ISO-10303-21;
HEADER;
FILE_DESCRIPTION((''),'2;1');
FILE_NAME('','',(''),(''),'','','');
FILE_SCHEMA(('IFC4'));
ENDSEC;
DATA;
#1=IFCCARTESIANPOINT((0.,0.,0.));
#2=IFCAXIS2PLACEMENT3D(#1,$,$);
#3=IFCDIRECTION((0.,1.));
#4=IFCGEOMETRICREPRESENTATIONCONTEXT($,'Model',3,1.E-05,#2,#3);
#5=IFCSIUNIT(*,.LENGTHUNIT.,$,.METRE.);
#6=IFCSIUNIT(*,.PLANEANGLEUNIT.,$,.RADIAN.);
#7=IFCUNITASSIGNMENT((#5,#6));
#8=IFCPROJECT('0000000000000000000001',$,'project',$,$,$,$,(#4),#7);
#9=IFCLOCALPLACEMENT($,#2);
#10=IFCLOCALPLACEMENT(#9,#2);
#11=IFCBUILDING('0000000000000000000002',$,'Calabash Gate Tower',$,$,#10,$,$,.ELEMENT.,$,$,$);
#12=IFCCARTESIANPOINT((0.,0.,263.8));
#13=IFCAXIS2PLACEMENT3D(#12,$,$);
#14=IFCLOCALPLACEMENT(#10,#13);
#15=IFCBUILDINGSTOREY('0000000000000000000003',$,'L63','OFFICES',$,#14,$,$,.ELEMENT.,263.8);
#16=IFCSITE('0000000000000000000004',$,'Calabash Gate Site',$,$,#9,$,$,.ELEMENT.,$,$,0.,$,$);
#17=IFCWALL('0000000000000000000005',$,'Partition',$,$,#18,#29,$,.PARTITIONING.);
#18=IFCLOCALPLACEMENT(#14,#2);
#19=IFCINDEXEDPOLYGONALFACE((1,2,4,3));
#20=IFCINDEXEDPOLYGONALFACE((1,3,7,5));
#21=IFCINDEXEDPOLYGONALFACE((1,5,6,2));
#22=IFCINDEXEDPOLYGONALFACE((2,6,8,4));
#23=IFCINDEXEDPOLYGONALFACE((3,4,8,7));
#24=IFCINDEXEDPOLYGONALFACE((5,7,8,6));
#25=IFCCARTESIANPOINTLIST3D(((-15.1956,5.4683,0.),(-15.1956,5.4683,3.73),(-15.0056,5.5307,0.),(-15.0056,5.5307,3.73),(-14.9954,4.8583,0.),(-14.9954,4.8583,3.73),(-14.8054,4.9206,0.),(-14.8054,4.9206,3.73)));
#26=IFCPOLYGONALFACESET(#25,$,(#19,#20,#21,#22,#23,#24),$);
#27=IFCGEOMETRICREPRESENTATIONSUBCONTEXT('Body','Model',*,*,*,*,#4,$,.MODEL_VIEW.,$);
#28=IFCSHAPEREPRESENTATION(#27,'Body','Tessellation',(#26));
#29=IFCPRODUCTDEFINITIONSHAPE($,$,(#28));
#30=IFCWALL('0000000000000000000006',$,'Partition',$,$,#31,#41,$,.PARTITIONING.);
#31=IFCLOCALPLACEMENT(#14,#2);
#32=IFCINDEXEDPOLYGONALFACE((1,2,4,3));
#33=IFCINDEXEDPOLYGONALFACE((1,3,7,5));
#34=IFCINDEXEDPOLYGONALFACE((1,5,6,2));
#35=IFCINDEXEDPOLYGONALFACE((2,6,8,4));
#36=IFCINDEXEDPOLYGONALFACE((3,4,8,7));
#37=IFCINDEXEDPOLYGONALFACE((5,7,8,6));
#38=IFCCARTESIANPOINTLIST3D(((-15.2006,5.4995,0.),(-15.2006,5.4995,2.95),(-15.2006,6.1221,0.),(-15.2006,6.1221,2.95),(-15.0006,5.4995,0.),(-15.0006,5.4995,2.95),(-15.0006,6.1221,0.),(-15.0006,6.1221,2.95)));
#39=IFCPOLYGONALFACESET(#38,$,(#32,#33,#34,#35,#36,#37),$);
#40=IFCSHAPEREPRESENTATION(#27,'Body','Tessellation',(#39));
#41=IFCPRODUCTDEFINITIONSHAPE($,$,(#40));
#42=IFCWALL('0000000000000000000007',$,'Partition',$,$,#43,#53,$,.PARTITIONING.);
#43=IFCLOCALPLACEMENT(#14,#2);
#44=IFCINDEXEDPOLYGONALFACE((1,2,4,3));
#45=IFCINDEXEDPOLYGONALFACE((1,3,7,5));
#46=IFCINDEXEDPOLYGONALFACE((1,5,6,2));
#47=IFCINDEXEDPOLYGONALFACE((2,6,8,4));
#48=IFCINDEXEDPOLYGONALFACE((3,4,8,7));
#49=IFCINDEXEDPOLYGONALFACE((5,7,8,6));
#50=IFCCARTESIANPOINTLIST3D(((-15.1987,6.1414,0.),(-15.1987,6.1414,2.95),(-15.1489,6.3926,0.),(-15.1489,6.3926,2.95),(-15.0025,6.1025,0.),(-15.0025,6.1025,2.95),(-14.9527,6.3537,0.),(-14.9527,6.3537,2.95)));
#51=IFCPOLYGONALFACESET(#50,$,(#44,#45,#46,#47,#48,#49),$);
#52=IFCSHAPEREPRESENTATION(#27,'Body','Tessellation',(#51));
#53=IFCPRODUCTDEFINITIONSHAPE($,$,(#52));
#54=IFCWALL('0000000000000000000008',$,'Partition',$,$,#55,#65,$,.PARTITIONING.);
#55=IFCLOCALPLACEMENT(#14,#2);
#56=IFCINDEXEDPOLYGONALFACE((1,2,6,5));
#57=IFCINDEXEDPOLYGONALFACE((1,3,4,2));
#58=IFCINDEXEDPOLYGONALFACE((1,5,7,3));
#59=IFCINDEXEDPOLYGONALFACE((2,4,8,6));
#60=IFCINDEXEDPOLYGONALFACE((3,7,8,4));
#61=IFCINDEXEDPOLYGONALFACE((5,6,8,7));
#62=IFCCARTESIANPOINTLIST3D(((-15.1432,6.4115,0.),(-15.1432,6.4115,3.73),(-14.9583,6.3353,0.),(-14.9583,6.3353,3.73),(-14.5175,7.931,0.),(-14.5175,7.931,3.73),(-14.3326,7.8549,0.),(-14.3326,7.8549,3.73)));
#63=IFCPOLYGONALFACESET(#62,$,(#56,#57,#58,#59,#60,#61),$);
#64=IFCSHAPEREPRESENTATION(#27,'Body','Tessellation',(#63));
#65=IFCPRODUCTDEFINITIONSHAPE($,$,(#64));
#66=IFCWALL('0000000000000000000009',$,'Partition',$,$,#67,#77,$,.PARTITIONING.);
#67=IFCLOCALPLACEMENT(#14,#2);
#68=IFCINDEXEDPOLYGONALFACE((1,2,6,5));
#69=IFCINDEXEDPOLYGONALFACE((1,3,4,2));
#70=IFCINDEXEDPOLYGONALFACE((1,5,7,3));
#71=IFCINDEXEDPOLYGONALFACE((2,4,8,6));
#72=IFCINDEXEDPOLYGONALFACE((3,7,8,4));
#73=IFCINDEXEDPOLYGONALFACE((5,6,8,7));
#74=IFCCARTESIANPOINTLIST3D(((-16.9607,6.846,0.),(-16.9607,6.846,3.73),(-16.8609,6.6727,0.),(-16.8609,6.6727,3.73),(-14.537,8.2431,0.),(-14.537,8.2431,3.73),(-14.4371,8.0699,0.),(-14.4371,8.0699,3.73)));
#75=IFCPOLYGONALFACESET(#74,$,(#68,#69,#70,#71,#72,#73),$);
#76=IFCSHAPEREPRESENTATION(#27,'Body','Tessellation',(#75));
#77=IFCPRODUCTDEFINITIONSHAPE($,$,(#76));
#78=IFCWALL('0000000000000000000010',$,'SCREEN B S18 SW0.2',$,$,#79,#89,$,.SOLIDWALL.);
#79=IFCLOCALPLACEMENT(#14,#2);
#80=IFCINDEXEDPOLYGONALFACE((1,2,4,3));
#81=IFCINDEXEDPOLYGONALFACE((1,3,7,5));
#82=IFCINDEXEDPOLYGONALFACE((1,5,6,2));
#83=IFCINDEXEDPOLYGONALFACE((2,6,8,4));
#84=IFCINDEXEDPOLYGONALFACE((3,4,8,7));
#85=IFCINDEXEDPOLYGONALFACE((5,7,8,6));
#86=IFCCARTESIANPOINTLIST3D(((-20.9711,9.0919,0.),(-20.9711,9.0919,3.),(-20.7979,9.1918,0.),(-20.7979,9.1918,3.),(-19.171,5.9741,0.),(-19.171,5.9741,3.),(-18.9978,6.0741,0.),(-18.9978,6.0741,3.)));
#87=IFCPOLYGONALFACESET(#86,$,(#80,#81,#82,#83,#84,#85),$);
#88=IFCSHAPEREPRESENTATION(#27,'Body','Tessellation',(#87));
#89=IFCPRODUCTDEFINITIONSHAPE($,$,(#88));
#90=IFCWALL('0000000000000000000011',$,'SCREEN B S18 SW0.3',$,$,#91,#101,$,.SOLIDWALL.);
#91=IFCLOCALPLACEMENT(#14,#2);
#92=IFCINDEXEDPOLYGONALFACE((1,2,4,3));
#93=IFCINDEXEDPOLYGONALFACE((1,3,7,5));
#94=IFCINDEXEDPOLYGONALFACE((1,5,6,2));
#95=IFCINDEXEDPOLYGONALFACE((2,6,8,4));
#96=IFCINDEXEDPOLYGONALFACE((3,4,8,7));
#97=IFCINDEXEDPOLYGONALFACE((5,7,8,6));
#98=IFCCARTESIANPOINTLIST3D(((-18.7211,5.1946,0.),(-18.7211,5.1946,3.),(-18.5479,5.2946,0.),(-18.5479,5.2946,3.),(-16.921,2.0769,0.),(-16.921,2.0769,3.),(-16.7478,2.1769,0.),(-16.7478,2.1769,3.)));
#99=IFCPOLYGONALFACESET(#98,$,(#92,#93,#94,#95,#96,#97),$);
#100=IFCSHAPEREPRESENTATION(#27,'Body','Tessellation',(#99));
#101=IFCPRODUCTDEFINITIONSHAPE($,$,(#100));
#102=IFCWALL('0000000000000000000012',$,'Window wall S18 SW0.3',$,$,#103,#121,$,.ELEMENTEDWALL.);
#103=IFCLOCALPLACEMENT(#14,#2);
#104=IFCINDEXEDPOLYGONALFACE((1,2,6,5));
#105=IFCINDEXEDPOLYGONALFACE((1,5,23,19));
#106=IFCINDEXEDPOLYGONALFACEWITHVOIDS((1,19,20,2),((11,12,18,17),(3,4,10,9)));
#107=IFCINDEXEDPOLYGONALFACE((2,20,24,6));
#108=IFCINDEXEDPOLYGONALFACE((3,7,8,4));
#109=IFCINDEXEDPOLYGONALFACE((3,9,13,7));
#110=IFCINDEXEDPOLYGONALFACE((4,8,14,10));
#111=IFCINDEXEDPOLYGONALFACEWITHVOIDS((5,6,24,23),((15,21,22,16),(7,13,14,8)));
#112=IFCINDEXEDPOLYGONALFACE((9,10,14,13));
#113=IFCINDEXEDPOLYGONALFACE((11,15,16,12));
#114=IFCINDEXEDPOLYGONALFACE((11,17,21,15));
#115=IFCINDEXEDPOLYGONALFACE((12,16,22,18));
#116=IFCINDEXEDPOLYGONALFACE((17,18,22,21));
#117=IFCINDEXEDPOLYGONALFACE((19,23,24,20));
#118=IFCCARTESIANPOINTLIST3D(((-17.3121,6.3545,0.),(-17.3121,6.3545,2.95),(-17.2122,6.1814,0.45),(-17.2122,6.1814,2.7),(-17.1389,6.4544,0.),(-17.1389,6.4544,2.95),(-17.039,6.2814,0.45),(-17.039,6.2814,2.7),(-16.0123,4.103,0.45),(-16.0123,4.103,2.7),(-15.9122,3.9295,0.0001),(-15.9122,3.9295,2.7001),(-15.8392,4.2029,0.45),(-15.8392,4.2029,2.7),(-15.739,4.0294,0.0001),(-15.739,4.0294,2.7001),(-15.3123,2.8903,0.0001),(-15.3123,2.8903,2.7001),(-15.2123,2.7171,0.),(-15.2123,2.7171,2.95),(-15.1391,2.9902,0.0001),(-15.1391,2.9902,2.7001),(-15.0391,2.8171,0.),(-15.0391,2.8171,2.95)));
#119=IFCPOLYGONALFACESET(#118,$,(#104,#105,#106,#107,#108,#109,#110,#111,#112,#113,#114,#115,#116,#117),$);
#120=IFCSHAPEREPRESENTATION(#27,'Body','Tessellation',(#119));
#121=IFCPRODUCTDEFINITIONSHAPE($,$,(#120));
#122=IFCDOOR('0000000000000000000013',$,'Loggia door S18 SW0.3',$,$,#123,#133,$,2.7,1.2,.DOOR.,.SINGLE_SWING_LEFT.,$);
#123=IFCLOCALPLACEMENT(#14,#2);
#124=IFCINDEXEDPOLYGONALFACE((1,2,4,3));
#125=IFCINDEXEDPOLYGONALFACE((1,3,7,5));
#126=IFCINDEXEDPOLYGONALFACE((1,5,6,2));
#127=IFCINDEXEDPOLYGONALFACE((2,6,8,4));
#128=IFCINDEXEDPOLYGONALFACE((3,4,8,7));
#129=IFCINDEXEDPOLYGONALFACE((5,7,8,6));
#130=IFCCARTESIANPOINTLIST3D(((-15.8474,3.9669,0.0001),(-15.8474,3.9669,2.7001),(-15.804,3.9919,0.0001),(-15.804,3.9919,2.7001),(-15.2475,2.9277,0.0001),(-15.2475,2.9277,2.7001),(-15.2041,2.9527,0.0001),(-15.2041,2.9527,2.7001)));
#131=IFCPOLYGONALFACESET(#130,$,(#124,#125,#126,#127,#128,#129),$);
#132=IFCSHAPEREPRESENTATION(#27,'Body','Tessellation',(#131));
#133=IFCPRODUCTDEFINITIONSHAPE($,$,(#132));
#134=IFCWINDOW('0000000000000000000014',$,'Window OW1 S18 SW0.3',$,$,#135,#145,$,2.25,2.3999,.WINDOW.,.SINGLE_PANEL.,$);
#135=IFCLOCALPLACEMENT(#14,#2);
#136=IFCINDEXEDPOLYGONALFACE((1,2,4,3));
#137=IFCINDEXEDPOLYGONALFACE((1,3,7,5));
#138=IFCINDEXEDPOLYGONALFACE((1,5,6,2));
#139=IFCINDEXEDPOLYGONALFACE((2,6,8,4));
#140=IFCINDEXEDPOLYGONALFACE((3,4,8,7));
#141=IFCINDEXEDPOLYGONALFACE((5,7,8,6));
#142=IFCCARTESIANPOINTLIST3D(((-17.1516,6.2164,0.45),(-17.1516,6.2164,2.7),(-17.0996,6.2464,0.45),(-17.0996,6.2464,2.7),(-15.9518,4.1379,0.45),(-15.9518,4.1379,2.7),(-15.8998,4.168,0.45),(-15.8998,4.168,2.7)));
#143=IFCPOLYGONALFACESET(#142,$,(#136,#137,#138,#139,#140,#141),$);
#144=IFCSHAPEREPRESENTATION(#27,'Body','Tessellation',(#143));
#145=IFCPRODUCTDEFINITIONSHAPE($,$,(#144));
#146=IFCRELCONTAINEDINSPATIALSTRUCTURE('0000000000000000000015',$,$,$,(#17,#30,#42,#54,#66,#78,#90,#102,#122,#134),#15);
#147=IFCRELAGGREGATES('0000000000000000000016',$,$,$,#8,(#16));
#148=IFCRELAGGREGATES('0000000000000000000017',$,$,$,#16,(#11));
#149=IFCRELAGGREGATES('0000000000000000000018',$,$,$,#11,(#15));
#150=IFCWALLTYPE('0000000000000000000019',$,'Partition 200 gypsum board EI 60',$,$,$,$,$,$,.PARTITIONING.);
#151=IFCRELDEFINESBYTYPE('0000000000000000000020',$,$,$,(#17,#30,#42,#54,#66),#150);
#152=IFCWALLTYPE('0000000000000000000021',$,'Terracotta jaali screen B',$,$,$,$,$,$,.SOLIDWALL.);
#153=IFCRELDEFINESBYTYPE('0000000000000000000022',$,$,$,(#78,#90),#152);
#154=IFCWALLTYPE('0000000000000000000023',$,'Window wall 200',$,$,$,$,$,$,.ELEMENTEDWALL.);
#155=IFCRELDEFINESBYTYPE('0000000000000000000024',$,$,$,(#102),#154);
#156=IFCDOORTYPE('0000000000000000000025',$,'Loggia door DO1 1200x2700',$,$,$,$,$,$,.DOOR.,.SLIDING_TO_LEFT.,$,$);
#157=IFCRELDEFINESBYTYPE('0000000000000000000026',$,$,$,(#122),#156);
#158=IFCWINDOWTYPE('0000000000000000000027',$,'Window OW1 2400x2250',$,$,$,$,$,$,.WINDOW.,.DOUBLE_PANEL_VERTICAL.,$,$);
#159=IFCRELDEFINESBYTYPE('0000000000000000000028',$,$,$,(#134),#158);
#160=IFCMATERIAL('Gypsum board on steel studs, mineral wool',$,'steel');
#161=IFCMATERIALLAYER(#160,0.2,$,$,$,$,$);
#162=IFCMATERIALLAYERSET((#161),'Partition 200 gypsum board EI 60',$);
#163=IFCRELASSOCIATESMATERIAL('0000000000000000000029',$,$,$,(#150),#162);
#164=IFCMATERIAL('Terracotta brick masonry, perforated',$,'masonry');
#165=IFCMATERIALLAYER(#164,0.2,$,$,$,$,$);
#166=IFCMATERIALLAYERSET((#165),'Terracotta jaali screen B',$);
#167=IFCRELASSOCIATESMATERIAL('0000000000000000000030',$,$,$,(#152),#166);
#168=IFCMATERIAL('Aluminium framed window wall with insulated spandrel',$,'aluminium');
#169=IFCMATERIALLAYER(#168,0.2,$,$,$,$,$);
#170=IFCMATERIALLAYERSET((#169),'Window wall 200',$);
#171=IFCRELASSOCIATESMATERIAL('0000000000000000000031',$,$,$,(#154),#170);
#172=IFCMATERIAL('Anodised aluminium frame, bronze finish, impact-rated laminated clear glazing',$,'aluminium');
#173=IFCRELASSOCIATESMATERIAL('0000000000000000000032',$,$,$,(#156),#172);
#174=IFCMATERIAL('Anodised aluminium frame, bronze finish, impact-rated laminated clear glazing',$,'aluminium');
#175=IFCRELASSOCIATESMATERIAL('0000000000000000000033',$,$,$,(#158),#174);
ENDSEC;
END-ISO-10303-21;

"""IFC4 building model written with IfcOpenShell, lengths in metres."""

from ifc_helpers import new_model, si_unit, direction, frame, frame_2d, origin, place, context, subcontext, project, spatial, rectangle, extrude, material, layer, layer_set, type_object, element, fill, save


model = new_model("IFC4")

# Units and contexts
model_context = context("Model", 3, precision=1e-05, world=origin(), true_north=direction((0.0, 1.0)))
body_context = subcontext(model_context, "Body", "Model", "MODEL_VIEW")
ifc_project = project(units=[si_unit("LENGTHUNIT", "METRE"), si_unit("PLANEANGLEUNIT", "RADIAN")], contexts=[model_context])

# Site, building, storey
site_placement = place(None, origin())
site = spatial("IfcSite", under=ifc_project, at=site_placement, Name="Calabash Gate Site", CompositionType="ELEMENT", RefElevation=0.0)
building_placement = place(site_placement, origin())
building = spatial("IfcBuilding", under=site, at=building_placement, Name="Calabash Gate Tower", CompositionType="ELEMENT")
storey_placement = place(building_placement, frame((0.0, 0.0, 263.8)))
storey = spatial("IfcBuildingStorey", under=building, at=storey_placement, Name="L63", Description="OFFICES", CompositionType="ELEMENT", Elevation=263.8)

# Walls
ifc_material_1 = material(Name="Gypsum board on steel studs, mineral wool", Category="steel")
ifc_layer_1 = layer(ifc_material_1, 0.2)
ifc_layer_set_1 = layer_set([ifc_layer_1], Name="Partition 200 gypsum board EI 60")
wall_type_1 = type_object("IfcWallType", Name="Partition 200 gypsum board EI 60", PredefinedType="PARTITIONING", material=ifc_layer_set_1)
wall_1_placement = place(storey_placement, frame((-15.1006, 5.4995, 0.0), z_axis=(0.0, 0.0, 1.0), x_axis=(0.311776, -0.950156, 0.0)))
element("IfcWall", 1, at=wall_1_placement, inside=storey, type_object=wall_type_1, Name="Partition", PredefinedType="PARTITIONING", context=body_context, shape_type="SweptSolid", body=[
    extrude(rectangle(XDim=0.6421, YDim=0.2, at=frame_2d((0.321, 0.0))), origin(), (0.0, 0.0, 1.0), 3.73),
])
wall_2_placement = place(storey_placement, frame((-15.1006, 5.4995, 0.0), z_axis=(0.0, 0.0, 1.0), x_axis=(0.0, 1.0, 0.0)))
element("IfcWall", 2, at=wall_2_placement, inside=storey, type_object=wall_type_1, Name="Partition", PredefinedType="PARTITIONING", context=body_context, shape_type="SweptSolid", body=[
    extrude(rectangle(XDim=0.6226, YDim=0.2, at=frame_2d((0.3113, 0.0))), origin(), (0.0, 0.0, 1.0), 2.95),
])
wall_3_placement = place(storey_placement, frame((-15.1006, 6.1221, 0.0), z_axis=(0.0, 0.0, 1.0), x_axis=(0.194466, 0.980909, 0.0)))
element("IfcWall", 3, at=wall_3_placement, inside=storey, type_object=wall_type_1, Name="Partition", PredefinedType="PARTITIONING", context=body_context, shape_type="SweptSolid", body=[
    extrude(rectangle(XDim=0.2561, YDim=0.2, at=frame_2d((0.1279, 0.0))), origin(), (0.0, 0.0, 1.0), 2.95),
])
wall_4_placement = place(storey_placement, frame((-15.0508, 6.3733, 0.0), z_axis=(0.0, 0.0, 1.0), x_axis=(0.380772, 0.924669, 0.0)))
element("IfcWall", 4, at=wall_4_placement, inside=storey, type_object=wall_type_1, Name="Partition", PredefinedType="PARTITIONING", context=body_context, shape_type="SweptSolid", body=[
    extrude(rectangle(XDim=1.6433, YDim=0.2, at=frame_2d((0.8218, 0.0))), origin(), (0.0, 0.0, 1.0), 3.73),
])
wall_5_placement = place(storey_placement, frame((-16.9109, 6.7593, 0.0), z_axis=(0.0, 0.0, 1.0), x_axis=(0.866363, 0.499415, 0.0)))
element("IfcWall", 5, at=wall_5_placement, inside=storey, type_object=wall_type_1, Name="Partition", PredefinedType="PARTITIONING", context=body_context, shape_type="SweptSolid", body=[
    extrude(rectangle(XDim=2.7976, YDim=0.2, at=frame_2d((1.3989, 0.0))), origin(), (0.0, 0.0, 1.0), 3.73),
])

# Walls
ifc_material_2 = material(Name="Terracotta brick masonry, perforated", Category="masonry")
ifc_layer_2 = layer(ifc_material_2, 0.2)
ifc_layer_set_2 = layer_set([ifc_layer_2], Name="Terracotta jaali screen B")
wall_type_2 = type_object("IfcWallType", Name="Terracotta jaali screen B", PredefinedType="SOLIDWALL", material=ifc_layer_set_2)
for number, where, z_axis, x_axis, name in (
    (6, (-20.8845, 9.1418, 0.0), (0.0, 0.0, 1.0), (0.500012, -0.866018, 0.0), "SCREEN B S18 SW0.2"),
    (7, (-18.6345, 5.2446, 0.0), (0.0, 0.0, 1.0), (0.500012, -0.866018, 0.0), "SCREEN B S18 SW0.3"),
):
    element("IfcWall", number, at=place(storey_placement, frame(where, z_axis=z_axis, x_axis=x_axis)), inside=storey, type_object=wall_type_2, Name=name, PredefinedType="SOLIDWALL", context=body_context, shape_type="SweptSolid", body=[
        extrude(rectangle(XDim=3.6001, YDim=0.2, at=frame_2d((1.8, 0.0))), origin(), (0.0, 0.0, 1.0), 3.0),
    ])

# Wall, openings, door, window
ifc_material_3 = material(Name="Aluminium framed window wall with insulated spandrel", Category="aluminium")
ifc_layer_3 = layer(ifc_material_3, 0.2)
ifc_layer_set_3 = layer_set([ifc_layer_3], Name="Window wall 200")
wall_type_3 = type_object("IfcWallType", Name="Window wall 200", PredefinedType="ELEMENTEDWALL", material=ifc_layer_set_3)
wall_6_placement = place(storey_placement, frame((-17.2256, 6.4045, 0.0), z_axis=(0.0, 0.0, 1.0), x_axis=(0.499959, -0.866049, 0.0)))
wall_6 = element("IfcWall", 8, at=wall_6_placement, inside=storey, type_object=wall_type_3, Name="Window wall S18 SW0.3", PredefinedType="ELEMENTEDWALL", context=body_context, shape_type="SweptSolid", body=[
    extrude(rectangle(XDim=4.2, YDim=0.2, at=frame_2d((2.1001, 0.0))), origin(), (0.0, 0.0, 1.0), 2.95),
])
opening_1_placement = place(wall_6_placement, frame((0.2, 0.0, 0.45)))
opening_1 = element("IfcOpeningElement", 9, at=opening_1_placement, cuts=wall_6, PredefinedType="OPENING", context=body_context, shape_type="SweptSolid", body=[
    extrude(rectangle(XDim=2.3999, YDim=2.25, at=frame_2d((1.2, 1.125))), frame((0.0, 0.1099, 0.0), z_axis=(0.0, -1.0, 0.0), x_axis=(1.0, 0.0, 0.0)), (0.0, 0.0, 1.0), 0.22),
])
opening_2_placement = place(wall_6_placement, frame((2.8, 0.0, 0.0)))
opening_2 = element("IfcOpeningElement", 10, at=opening_2_placement, cuts=wall_6, PredefinedType="OPENING", context=body_context, shape_type="SweptSolid", body=[
    extrude(rectangle(XDim=1.2, YDim=2.7, at=frame_2d((0.6001, 1.3501))), frame((0.0, 0.1099, 0.0), z_axis=(0.0, -1.0, 0.0), x_axis=(1.0, 0.0, 0.0)), (0.0, 0.0, 1.0), 0.22),
])
ifc_material_4 = material(Name="Anodised aluminium frame, bronze finish, impact-rated laminated clear glazing", Category="aluminium")
door_type_1 = type_object("IfcDoorType", Name="Loggia door DO1 1200x2700", OperationType="SLIDING_TO_LEFT", PredefinedType="DOOR", material=ifc_material_4)
door_1_placement = place(opening_2_placement, origin())
door_1 = element("IfcDoor", 11, at=door_1_placement, inside=storey, type_object=door_type_1, Name="Loggia door S18 SW0.3", OperationType="SINGLE_SWING_LEFT", OverallHeight=2.7, OverallWidth=1.2, PredefinedType="DOOR", context=body_context, shape_type="SweptSolid", body=[
    extrude(rectangle(XDim=1.2, YDim=2.7, at=frame_2d((0.6001, 1.3501))), frame((0.0, 0.0249, 0.0), z_axis=(0.0, -1.0, 0.0), x_axis=(1.0, 0.0, 0.0)), (0.0, 0.0, 1.0), 0.05),
])
fill(opening_2, door_1)
ifc_material_5 = material(Name="Anodised aluminium frame, bronze finish, impact-rated laminated clear glazing", Category="aluminium")
window_type = type_object("IfcWindowType", Name="Window OW1 2400x2250", PartitioningType="DOUBLE_PANEL_VERTICAL", PredefinedType="WINDOW", material=ifc_material_5)
window_placement = place(opening_1_placement, origin())
window = element("IfcWindow", 12, at=window_placement, inside=storey, type_object=window_type, Name="Window OW1 S18 SW0.3", OverallHeight=2.25, OverallWidth=2.3999, PartitioningType="SINGLE_PANEL", PredefinedType="WINDOW", context=body_context, shape_type="SweptSolid", body=[
    extrude(rectangle(XDim=2.3999, YDim=2.25, at=frame_2d((1.2, 1.125))), frame((0.0, 0.03, 0.0), z_axis=(0.0, -1.0, 0.0), x_axis=(1.0, 0.0, 0.0)), (0.0, 0.0, 1.0), 0.0601),
])
fill(opening_1, window)

save(model, "model.ifc")
